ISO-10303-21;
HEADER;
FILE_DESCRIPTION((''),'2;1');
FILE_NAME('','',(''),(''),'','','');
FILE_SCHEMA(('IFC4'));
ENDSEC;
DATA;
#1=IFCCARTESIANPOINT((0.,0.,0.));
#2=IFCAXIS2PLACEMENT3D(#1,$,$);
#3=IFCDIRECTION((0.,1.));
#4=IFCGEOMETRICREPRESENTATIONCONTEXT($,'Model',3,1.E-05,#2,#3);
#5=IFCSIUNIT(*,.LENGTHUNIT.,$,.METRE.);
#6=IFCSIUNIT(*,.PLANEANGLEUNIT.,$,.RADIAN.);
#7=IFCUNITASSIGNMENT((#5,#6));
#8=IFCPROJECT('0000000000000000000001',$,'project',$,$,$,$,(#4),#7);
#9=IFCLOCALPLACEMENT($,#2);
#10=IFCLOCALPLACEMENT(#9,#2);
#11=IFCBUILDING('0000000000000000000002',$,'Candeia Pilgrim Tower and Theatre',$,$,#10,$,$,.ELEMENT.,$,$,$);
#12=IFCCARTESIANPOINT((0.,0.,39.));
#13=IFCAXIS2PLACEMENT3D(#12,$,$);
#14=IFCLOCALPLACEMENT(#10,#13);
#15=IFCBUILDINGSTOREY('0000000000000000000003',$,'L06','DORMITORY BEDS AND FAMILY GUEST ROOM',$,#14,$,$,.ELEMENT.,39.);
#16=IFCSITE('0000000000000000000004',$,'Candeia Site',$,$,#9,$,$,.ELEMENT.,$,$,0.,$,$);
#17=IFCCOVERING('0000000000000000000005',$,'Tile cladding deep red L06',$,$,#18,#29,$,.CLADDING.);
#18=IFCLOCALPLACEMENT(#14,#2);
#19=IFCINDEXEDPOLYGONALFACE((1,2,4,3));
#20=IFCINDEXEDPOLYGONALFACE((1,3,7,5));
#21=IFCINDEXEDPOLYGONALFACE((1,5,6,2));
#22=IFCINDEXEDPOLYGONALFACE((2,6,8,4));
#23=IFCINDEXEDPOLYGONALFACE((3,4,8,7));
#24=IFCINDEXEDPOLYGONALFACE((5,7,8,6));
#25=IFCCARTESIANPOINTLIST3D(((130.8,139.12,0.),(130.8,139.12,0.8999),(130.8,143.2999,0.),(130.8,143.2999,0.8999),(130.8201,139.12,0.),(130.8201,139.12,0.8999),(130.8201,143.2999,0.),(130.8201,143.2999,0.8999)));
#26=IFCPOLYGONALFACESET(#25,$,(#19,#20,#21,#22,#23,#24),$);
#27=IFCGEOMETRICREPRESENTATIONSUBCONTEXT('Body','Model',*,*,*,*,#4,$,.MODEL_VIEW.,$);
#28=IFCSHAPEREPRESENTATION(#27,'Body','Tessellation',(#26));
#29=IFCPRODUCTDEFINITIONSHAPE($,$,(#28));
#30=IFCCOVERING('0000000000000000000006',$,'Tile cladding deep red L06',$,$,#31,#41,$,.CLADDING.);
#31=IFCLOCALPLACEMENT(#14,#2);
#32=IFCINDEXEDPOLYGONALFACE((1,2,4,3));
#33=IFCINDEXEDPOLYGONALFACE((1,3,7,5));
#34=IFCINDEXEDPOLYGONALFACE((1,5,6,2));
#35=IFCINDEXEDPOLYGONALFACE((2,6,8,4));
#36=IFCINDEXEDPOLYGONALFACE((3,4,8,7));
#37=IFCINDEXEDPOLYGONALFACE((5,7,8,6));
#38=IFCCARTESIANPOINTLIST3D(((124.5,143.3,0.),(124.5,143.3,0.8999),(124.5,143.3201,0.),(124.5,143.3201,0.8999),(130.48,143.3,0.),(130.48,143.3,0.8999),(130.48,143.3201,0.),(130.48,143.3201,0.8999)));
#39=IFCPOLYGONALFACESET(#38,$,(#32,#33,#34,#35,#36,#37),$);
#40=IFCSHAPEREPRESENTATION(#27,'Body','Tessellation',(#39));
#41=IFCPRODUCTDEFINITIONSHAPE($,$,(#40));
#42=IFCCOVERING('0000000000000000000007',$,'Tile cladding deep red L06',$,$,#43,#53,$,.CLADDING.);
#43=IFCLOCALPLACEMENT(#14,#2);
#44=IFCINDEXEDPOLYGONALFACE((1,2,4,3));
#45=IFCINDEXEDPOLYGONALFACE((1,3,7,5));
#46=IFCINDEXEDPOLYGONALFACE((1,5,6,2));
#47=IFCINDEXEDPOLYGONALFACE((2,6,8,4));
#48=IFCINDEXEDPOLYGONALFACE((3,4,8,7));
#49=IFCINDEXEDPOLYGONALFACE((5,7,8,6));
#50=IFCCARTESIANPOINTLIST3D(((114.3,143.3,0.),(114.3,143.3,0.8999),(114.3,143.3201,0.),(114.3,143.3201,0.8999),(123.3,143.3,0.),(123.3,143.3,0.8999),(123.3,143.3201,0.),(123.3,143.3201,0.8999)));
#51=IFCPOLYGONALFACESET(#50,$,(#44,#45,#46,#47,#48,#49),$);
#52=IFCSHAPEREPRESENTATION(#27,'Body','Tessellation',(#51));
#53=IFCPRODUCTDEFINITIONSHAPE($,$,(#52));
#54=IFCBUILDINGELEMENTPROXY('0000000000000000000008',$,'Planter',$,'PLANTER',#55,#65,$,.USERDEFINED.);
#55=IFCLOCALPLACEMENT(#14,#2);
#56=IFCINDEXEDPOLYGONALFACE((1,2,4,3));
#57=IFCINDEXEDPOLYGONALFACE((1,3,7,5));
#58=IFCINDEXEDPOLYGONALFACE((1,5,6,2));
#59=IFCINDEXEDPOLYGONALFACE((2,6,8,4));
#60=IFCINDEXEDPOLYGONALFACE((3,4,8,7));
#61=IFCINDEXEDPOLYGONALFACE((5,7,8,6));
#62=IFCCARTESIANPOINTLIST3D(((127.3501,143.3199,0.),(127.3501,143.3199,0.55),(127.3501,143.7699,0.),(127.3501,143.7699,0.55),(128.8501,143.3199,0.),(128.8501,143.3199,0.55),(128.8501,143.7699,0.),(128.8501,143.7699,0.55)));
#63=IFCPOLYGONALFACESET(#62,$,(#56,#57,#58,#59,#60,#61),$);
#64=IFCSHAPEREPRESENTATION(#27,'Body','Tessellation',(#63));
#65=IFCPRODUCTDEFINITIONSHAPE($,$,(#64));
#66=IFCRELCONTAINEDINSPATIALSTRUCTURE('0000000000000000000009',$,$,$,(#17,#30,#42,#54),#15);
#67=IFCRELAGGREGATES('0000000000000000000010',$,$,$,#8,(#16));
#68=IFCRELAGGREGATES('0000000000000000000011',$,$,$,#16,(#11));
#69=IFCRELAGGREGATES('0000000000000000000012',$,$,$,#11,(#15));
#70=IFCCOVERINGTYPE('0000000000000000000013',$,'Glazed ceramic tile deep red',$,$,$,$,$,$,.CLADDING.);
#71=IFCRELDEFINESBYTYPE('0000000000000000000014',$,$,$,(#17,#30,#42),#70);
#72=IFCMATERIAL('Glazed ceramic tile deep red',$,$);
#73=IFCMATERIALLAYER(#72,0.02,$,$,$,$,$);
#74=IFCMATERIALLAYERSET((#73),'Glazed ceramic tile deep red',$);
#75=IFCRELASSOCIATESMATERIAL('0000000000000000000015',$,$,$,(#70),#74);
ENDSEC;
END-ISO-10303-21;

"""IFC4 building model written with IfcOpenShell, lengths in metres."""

from ifc_helpers import new_model, si_unit, direction, frame, origin, origin_2d, place, context, subcontext, project, spatial, rectangle, extrude, material, layer, layer_set, type_object, element, save


model = new_model("IFC4")

# Units and contexts
model_context = context("Model", 3, precision=1e-05, world=origin(), true_north=direction((0.0, 1.0)))
body_context = subcontext(model_context, "Body", "Model", "MODEL_VIEW")
ifc_project = project(units=[si_unit("LENGTHUNIT", "METRE"), si_unit("PLANEANGLEUNIT", "RADIAN")], contexts=[model_context])

# Site, building, storey
site_placement = place(None, origin())
site = spatial("IfcSite", under=ifc_project, at=site_placement, Name="Candeia Site", CompositionType="ELEMENT", RefElevation=0.0)
building_placement = place(site_placement, origin())
building = spatial("IfcBuilding", under=site, at=building_placement, Name="Candeia Pilgrim Tower and Theatre", CompositionType="ELEMENT")
storey_placement = place(building_placement, frame((0.0, 0.0, 39.0)))
storey = spatial("IfcBuildingStorey", under=building, at=storey_placement, Name="L06", Description="DORMITORY BEDS AND FAMILY GUEST ROOM", CompositionType="ELEMENT", Elevation=39.0)

# Coverings
ifc_material_1 = material(Name="Glazed ceramic tile deep red")
ifc_layer_1 = layer(ifc_material_1, 0.02)
ifc_layer_set_1 = layer_set([ifc_layer_1], Name="Glazed ceramic tile deep red")
covering_type = type_object("IfcCoveringType", Name="Glazed ceramic tile deep red", PredefinedType="CLADDING", material=ifc_layer_set_1)
covering_1_placement = place(storey_placement, frame((130.8101, 141.21, 0.0), z_axis=(0.0, 0.0, 1.0), x_axis=(0.0, 1.0, 0.0)))
element("IfcCovering", 1, at=covering_1_placement, inside=storey, type_object=covering_type, Name="Tile cladding deep red L06", PredefinedType="CLADDING", context=body_context, shape_type="SweptSolid", body=[
    extrude(rectangle(XDim=4.1799, YDim=0.02, at=origin_2d()), origin(), (0.0, 0.0, 1.0), 0.8999),
])
covering_2_placement = place(storey_placement, frame((127.49, 143.3101, 0.0), z_axis=(0.0, 0.0, 1.0), x_axis=(-1.0, 0.0, 0.0)))
element("IfcCovering", 2, at=covering_2_placement, inside=storey, type_object=covering_type, Name="Tile cladding deep red L06", PredefinedType="CLADDING", context=body_context, shape_type="SweptSolid", body=[
    extrude(rectangle(XDim=5.98, YDim=0.02, at=origin_2d()), origin(), (0.0, 0.0, 1.0), 0.8999),
])
covering_3_placement = place(storey_placement, frame((118.8, 143.3101, 0.0), z_axis=(0.0, 0.0, 1.0), x_axis=(-1.0, 0.0, 0.0)))
element("IfcCovering", 3, at=covering_3_placement, inside=storey, type_object=covering_type, Name="Tile cladding deep red L06", PredefinedType="CLADDING", context=body_context, shape_type="SweptSolid", body=[
    extrude(rectangle(XDim=9.0, YDim=0.02, at=origin_2d()), origin(), (0.0, 0.0, 1.0), 0.8999),
])

# Building element proxy
proxy_placement = place(storey_placement, frame((128.1001, 143.5449, 0.0), z_axis=(0.0, 0.0, 1.0), x_axis=(-1.0, 0.0, 0.0)))
element("IfcBuildingElementProxy", 4, at=proxy_placement, inside=storey, Name="Planter", ObjectType="PLANTER", PredefinedType="USERDEFINED", context=body_context, shape_type="SweptSolid", body=[
    extrude(rectangle(XDim=1.5, YDim=0.45, at=origin_2d()), origin(), (0.0, 0.0, 1.0), 0.55),
])

save(model, "model.ifc")
